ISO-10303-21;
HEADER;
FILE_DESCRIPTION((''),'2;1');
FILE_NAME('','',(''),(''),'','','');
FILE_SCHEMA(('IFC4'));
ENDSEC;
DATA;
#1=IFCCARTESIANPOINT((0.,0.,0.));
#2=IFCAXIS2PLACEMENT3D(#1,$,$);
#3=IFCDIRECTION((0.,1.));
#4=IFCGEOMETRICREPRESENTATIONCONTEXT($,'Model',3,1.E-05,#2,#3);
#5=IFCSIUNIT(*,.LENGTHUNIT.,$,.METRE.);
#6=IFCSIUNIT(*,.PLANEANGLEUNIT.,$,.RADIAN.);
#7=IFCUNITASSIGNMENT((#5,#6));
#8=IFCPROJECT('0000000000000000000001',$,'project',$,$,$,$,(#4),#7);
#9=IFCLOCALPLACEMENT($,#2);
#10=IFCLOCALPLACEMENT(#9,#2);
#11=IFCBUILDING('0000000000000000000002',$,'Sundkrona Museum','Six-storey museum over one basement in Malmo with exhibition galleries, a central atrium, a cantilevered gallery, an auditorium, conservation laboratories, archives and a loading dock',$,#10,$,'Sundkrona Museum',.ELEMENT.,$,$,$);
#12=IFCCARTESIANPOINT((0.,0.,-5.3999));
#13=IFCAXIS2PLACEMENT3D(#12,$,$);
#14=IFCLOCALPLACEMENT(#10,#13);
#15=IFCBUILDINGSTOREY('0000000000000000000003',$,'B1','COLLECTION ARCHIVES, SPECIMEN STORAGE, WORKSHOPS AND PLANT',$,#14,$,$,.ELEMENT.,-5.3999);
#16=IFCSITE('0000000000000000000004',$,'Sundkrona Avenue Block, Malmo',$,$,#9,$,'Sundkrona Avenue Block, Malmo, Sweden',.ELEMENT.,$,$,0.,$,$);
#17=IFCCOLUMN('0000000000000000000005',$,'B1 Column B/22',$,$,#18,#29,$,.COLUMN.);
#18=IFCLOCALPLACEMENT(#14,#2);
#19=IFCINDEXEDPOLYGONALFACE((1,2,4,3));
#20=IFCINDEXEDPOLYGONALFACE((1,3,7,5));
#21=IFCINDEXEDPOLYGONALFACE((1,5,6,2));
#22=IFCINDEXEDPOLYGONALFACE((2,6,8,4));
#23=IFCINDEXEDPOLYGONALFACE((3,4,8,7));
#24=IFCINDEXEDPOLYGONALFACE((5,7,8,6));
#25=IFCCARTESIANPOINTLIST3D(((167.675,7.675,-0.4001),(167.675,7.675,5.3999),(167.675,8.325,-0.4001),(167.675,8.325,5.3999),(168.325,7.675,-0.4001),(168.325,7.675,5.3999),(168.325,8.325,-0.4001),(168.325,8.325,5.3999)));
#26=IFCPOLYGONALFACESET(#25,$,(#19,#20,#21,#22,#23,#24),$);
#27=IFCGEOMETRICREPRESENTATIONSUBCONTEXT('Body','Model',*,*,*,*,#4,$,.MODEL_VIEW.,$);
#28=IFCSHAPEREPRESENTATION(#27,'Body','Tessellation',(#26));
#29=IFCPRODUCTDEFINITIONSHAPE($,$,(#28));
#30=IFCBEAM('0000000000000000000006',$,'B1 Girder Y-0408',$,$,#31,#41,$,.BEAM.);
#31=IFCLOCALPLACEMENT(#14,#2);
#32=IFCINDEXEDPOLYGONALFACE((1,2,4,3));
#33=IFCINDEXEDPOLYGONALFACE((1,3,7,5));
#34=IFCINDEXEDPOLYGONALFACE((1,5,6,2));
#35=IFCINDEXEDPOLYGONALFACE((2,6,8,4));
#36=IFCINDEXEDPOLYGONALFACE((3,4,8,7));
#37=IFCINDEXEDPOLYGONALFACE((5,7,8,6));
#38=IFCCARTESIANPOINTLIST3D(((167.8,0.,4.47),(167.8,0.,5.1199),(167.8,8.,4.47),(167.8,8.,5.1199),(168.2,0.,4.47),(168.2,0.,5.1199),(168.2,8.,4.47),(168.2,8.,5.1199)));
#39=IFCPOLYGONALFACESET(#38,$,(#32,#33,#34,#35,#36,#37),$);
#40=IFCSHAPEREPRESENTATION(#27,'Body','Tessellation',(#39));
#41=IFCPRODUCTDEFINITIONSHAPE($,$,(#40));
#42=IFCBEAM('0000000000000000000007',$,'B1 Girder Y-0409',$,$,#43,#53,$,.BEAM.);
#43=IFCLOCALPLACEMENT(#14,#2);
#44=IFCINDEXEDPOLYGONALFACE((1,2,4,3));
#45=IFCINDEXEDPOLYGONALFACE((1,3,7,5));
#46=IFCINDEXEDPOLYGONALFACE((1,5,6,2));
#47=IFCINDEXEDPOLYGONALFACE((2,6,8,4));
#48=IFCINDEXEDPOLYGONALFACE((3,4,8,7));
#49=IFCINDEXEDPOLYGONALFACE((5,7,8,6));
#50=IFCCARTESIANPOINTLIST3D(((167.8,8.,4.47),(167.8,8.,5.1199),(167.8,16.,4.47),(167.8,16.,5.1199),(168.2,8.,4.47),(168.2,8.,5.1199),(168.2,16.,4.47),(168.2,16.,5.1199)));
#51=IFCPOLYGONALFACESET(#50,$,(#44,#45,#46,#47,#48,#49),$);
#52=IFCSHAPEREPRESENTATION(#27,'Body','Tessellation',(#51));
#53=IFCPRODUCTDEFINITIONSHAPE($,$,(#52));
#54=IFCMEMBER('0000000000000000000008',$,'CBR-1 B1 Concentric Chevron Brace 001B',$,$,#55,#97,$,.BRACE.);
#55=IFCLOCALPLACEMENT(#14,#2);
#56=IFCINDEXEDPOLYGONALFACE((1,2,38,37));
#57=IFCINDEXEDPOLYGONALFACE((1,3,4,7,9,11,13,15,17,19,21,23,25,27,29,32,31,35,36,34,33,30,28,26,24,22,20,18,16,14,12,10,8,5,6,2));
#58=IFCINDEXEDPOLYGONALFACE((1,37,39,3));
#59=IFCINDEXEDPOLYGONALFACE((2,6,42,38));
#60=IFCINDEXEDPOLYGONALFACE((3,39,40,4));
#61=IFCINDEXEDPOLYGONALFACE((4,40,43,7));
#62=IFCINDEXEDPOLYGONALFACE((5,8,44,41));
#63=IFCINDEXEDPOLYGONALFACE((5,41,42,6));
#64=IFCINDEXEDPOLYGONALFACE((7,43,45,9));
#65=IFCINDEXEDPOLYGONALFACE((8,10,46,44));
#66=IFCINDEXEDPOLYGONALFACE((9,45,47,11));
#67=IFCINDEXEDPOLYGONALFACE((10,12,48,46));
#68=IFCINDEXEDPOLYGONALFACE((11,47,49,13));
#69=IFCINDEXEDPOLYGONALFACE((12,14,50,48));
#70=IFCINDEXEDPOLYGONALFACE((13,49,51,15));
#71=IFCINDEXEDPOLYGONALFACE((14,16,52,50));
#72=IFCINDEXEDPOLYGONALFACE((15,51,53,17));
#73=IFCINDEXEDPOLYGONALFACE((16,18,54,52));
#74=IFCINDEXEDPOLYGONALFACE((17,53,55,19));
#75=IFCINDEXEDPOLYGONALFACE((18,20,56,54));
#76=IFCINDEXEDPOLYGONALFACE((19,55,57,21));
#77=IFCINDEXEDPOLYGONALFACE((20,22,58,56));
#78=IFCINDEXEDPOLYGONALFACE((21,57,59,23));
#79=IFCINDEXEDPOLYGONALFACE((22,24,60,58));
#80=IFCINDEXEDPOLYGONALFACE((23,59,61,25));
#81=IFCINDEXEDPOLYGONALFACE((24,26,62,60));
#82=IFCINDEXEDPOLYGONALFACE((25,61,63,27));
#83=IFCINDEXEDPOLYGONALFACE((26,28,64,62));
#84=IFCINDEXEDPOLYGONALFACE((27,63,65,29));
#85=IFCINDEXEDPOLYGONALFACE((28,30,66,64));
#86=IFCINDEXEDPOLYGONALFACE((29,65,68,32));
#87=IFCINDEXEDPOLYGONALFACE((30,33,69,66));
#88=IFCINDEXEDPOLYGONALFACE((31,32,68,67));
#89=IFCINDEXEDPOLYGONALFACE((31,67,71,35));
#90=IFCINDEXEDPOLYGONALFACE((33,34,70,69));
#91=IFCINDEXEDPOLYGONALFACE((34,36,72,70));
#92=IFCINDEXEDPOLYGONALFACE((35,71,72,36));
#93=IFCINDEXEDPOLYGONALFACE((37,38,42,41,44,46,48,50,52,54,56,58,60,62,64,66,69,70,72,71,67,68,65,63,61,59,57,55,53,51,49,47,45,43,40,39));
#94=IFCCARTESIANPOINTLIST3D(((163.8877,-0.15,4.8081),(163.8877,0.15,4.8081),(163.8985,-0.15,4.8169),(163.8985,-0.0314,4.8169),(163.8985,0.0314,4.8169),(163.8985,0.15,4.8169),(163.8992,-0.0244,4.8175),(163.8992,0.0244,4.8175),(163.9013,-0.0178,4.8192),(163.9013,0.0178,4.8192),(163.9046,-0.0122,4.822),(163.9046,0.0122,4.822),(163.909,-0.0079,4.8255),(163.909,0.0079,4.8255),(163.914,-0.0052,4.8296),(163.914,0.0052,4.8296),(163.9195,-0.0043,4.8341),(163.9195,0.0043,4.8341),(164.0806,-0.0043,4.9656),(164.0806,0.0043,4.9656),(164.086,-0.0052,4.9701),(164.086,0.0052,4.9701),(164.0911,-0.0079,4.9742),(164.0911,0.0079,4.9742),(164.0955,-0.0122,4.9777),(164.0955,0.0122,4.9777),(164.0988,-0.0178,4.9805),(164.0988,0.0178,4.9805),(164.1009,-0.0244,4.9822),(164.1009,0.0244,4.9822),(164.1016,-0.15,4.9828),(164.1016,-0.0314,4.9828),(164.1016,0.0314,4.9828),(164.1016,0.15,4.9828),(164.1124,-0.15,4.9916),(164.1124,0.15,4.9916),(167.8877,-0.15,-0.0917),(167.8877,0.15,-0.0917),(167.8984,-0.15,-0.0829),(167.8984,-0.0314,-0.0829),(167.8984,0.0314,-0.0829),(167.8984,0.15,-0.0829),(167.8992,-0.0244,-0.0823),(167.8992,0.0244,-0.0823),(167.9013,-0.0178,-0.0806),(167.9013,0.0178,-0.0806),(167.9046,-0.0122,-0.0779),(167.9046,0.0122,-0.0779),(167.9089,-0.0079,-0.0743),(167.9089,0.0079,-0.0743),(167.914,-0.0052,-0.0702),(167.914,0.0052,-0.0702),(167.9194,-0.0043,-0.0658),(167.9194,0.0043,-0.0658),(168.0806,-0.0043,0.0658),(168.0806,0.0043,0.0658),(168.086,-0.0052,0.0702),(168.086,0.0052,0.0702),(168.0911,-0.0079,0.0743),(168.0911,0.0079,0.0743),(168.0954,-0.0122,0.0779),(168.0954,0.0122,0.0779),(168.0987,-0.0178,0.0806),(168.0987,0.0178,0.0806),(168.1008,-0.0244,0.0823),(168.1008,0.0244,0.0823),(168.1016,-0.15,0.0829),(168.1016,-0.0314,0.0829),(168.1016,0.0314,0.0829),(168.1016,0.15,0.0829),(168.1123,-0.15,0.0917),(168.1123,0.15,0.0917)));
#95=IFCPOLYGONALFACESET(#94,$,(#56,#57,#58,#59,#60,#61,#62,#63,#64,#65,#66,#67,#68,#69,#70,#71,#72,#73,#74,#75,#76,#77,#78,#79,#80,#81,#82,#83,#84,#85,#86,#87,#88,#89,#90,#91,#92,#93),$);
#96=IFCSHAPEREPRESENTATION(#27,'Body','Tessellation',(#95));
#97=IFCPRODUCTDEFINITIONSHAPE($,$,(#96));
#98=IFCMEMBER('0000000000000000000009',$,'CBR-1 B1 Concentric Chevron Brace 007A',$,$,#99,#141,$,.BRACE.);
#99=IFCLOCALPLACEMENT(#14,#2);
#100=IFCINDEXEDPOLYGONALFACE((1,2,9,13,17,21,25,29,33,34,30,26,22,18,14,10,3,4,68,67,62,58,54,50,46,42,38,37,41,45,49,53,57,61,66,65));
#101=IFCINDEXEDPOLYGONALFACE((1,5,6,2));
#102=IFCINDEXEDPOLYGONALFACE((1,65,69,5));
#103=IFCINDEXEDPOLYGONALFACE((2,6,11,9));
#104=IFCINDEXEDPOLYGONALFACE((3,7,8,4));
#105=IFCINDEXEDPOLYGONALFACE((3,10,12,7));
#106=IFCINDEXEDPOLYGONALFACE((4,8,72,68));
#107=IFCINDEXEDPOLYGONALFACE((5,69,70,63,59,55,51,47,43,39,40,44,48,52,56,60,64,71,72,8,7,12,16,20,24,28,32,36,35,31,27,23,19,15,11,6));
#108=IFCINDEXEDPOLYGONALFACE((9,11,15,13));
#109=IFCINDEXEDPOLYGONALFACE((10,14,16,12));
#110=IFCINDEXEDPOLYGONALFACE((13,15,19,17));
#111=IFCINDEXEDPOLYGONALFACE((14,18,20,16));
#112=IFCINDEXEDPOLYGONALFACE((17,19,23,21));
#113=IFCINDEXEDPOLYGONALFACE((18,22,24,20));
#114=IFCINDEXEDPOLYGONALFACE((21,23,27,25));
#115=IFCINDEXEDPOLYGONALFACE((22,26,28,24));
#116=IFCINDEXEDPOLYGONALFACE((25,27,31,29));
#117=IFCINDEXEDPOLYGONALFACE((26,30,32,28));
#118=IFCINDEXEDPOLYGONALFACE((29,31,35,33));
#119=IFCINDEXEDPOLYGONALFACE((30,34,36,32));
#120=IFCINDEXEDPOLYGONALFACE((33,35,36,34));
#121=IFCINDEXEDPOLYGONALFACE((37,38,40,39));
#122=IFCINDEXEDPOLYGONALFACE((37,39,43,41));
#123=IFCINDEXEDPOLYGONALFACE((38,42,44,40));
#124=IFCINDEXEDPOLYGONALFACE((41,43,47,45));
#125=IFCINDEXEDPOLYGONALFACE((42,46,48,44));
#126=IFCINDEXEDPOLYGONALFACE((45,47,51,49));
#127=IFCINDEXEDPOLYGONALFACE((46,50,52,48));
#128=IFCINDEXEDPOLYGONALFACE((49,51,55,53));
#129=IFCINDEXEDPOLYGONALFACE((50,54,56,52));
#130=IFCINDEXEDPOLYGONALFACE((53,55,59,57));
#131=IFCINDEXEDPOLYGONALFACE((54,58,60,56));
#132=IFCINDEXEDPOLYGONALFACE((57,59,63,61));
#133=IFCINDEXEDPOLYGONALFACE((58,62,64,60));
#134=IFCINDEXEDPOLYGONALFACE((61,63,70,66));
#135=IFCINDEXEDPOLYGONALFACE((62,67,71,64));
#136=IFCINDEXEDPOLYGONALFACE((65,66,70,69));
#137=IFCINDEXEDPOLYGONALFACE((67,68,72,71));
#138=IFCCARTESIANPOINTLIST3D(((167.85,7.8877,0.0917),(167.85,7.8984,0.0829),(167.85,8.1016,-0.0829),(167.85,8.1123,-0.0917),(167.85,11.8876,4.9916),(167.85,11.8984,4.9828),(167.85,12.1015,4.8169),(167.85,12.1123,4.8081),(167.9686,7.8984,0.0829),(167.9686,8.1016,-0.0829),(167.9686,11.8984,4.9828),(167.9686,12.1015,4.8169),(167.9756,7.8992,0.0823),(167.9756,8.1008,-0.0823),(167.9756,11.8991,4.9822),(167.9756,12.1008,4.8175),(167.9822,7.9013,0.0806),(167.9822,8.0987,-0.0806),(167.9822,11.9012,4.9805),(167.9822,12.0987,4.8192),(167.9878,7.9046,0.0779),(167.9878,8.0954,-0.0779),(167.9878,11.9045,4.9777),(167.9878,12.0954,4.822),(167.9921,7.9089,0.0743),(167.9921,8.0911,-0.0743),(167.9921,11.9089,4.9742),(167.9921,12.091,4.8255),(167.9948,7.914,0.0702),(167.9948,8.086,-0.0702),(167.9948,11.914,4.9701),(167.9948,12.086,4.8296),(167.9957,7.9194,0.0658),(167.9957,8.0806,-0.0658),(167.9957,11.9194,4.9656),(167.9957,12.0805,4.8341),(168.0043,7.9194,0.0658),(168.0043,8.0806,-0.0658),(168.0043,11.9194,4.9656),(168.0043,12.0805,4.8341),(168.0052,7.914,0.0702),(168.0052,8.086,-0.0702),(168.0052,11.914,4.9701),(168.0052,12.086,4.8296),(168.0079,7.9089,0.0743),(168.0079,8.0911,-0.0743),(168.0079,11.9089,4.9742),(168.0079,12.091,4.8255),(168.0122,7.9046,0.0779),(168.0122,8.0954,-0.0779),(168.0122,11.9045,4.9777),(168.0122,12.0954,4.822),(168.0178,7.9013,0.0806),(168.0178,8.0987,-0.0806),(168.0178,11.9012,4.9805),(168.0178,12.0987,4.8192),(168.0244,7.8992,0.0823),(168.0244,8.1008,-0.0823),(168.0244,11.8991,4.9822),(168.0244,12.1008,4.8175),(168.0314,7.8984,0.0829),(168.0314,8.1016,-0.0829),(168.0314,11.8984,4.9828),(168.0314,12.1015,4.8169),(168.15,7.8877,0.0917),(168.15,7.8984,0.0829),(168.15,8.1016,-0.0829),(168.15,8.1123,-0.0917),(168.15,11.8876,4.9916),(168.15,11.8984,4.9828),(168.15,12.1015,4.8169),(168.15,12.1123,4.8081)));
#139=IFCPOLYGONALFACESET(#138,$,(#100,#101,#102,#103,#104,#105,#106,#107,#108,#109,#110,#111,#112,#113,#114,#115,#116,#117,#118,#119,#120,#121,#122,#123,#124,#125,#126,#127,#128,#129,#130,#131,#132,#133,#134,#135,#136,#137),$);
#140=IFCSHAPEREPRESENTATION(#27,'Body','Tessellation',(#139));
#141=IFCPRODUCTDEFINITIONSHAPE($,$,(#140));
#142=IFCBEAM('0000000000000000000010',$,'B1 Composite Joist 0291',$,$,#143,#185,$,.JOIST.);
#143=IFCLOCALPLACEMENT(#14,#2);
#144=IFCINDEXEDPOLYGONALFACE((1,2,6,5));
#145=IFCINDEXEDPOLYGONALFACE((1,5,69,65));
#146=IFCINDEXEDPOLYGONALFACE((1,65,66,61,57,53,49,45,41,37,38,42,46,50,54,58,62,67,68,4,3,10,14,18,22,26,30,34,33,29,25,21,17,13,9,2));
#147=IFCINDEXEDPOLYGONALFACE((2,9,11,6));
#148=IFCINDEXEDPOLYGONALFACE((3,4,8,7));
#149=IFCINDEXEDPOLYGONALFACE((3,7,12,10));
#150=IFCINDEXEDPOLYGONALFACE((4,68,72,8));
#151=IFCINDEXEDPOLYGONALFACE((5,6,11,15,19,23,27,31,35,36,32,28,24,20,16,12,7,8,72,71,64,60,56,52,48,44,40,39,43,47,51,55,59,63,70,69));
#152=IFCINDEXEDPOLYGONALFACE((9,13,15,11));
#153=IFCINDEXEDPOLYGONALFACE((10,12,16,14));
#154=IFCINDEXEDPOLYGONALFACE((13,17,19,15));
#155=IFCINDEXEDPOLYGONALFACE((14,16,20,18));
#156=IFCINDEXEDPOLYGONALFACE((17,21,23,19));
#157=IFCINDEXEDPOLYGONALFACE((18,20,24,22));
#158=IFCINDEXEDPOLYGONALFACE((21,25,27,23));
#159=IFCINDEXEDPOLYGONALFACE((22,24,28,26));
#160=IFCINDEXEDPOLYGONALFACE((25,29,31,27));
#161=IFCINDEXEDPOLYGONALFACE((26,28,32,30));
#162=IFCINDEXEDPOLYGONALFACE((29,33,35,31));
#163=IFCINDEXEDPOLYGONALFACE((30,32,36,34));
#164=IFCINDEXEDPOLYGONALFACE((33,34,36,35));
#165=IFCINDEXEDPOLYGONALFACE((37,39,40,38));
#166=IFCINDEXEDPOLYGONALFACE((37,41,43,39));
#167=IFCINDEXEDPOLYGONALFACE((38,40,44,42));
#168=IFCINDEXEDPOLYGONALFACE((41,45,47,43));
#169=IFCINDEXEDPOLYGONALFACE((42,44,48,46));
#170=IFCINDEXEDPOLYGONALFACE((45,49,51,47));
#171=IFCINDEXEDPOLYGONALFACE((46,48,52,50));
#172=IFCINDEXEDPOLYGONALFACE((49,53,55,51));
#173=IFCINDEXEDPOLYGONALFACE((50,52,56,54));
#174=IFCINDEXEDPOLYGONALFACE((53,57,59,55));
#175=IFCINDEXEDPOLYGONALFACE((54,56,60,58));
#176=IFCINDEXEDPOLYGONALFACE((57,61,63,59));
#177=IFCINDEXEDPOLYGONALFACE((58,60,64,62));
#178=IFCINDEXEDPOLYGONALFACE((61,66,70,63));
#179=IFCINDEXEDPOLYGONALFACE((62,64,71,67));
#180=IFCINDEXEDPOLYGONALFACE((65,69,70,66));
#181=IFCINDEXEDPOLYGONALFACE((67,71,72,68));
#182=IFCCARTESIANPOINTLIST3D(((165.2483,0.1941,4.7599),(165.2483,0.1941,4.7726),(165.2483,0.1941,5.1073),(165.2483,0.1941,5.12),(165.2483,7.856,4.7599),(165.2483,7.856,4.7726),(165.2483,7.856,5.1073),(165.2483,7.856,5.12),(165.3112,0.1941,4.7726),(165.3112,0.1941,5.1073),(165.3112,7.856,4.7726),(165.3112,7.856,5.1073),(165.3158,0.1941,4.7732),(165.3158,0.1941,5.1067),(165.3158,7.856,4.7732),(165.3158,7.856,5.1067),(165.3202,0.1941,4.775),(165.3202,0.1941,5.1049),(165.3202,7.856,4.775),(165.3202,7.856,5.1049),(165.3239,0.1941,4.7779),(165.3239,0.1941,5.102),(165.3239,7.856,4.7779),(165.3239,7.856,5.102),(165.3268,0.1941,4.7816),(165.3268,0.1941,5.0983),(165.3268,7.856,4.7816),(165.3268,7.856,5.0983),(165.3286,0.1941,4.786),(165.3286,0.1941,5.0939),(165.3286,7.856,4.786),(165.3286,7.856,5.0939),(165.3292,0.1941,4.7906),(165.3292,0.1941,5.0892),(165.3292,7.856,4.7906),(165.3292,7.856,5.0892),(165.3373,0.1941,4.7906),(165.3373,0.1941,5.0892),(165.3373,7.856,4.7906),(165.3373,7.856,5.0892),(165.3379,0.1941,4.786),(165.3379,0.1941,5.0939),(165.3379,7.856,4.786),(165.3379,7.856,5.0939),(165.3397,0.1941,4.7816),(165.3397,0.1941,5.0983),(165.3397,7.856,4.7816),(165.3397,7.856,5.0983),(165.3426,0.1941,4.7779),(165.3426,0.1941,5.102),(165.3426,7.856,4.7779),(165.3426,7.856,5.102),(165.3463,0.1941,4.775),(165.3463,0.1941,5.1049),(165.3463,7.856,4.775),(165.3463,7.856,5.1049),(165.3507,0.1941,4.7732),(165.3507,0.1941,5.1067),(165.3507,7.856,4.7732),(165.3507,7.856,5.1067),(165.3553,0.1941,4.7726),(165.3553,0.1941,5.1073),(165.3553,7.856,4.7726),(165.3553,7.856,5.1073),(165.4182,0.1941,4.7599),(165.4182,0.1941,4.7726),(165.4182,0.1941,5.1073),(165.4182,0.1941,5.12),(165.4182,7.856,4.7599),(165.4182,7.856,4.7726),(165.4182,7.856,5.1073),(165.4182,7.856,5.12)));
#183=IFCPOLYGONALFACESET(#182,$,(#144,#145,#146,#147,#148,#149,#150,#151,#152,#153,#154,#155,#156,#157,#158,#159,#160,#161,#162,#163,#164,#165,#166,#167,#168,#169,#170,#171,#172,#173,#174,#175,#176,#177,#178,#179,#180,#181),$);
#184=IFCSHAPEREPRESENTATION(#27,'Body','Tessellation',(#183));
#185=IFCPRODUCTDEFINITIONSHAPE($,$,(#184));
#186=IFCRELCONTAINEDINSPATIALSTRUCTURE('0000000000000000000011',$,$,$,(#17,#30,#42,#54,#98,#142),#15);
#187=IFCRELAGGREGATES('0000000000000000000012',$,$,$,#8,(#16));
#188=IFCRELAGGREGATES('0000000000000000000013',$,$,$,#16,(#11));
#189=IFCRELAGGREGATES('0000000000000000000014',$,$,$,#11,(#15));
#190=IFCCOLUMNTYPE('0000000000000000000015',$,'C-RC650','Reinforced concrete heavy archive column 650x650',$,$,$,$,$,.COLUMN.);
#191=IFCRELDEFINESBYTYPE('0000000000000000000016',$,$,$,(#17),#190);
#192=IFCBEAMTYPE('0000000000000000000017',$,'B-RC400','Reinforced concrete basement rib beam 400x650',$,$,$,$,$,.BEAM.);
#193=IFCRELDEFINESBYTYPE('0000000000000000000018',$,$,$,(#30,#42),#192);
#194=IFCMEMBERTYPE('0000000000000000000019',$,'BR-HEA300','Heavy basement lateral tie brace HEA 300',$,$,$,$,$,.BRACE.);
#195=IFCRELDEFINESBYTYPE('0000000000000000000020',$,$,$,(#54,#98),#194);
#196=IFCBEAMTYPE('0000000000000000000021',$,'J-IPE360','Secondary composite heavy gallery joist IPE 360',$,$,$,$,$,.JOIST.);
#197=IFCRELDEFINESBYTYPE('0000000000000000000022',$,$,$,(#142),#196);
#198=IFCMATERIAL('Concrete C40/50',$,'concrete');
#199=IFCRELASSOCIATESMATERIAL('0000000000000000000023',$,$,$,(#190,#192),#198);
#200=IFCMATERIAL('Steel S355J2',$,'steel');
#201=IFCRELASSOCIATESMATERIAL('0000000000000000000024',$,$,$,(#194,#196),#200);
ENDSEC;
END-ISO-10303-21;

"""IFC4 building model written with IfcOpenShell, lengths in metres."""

from ifc_helpers import new_model, si_unit, direction, frame, origin, origin_2d, place, context, subcontext, project, spatial, rectangle, i_section, extrude, material, material_profile, profile_set, type_object, element, save


model = new_model("IFC4")

# Units and contexts
model_context = context("Model", 3, precision=1e-05, world=origin(), true_north=direction((0.0, 1.0)))
body_context = subcontext(model_context, "Body", "Model", "MODEL_VIEW")
ifc_project = project(units=[si_unit("LENGTHUNIT", "METRE"), si_unit("PLANEANGLEUNIT", "RADIAN")], contexts=[model_context])

# Site, building, storey
site_placement = place(None, origin())
site = spatial("IfcSite", under=ifc_project, at=site_placement, Name="Sundkrona Avenue Block, Malmo", LongName="Sundkrona Avenue Block, Malmo, Sweden", CompositionType="ELEMENT", RefElevation=0.0)
building_placement = place(site_placement, origin())
building = spatial("IfcBuilding", under=site, at=building_placement, Name="Sundkrona Museum", Description="Six-storey museum over one basement in Malmo with exhibition galleries, a central atrium, a cantilevered gallery, an auditorium, conservation laboratories, archives and a loading dock", LongName="Sundkrona Museum", CompositionType="ELEMENT")
storey_placement = place(building_placement, frame((0.0, 0.0, -5.3999)))
storey = spatial("IfcBuildingStorey", under=building, at=storey_placement, Name="B1", Description="COLLECTION ARCHIVES, SPECIMEN STORAGE, WORKSHOPS AND PLANT", CompositionType="ELEMENT", Elevation=-5.3999)

# Shared definitions
ifc_material_1 = material(Name="Concrete C40/50", Category="concrete")

# Column
ifc_material_profile_1 = material_profile(ifc_material_1, rectangle(XDim=0.6499, YDim=0.6499, at=origin_2d()), Name="RC 650x650")
ifc_profile_set_1 = profile_set([ifc_material_profile_1], Name="Concrete C40/50")
column_type = type_object("IfcColumnType", Name="C-RC650", Description="Reinforced concrete heavy archive column 650x650", PredefinedType="COLUMN", material=ifc_profile_set_1)
for number, where, z_axis, x_axis, name in (
    (1, (168.0, 8.0, -0.4001), (0.0, 0.0, 1.0), (1.0, 0.0, 0.0), "B1 Column B/22"),
):
    element("IfcColumn", number, at=place(storey_placement, frame(where, z_axis=z_axis, x_axis=x_axis)), inside=storey, type_object=column_type, Name=name, PredefinedType="COLUMN", context=body_context, shape_type="SweptSolid", body=[
        extrude(rectangle(XDim=0.6499, YDim=0.6499, at=origin_2d()), origin(), (0.0, 0.0, 1.0), 5.8),
    ])

# Beams
ifc_material_profile_2 = material_profile(ifc_material_1, rectangle(XDim=0.3999, YDim=0.6499, at=origin_2d()), Name="RCB 400x650")
ifc_profile_set_2 = profile_set([ifc_material_profile_2], Name="Concrete C40/50")
beam_type_1 = type_object("IfcBeamType", Name="B-RC400", Description="Reinforced concrete basement rib beam 400x650", PredefinedType="BEAM", material=ifc_profile_set_2)
for number, where, z_axis, x_axis, name in (
    (2, (168.0, 0.0, 4.7949), (0.0, 1.0, 0.0), (-1.0, 0.0, 0.0), "B1 Girder Y-0408"),
    (3, (168.0, 8.0, 4.7949), (0.0, 1.0, 0.0), (-1.0, 0.0, 0.0), "B1 Girder Y-0409"),
):
    element("IfcBeam", number, at=place(storey_placement, frame(where, z_axis=z_axis, x_axis=x_axis)), inside=storey, type_object=beam_type_1, Name=name, PredefinedType="BEAM", context=body_context, shape_type="SweptSolid", body=[
        extrude(rectangle(XDim=0.3999, YDim=0.6499, at=origin_2d()), origin(), (0.0, 0.0, 1.0), 8.0),
    ])

# Members
ifc_material_2 = material(Name="Steel S355J2", Category="steel")
ifc_material_profile_3 = material_profile(ifc_material_2, i_section(OverallWidth=0.3, OverallDepth=0.29, WebThickness=0.0085, FlangeThickness=0.0139, FilletRadius=0.0271, at=origin_2d()), Name="HEA 300")
ifc_profile_set_3 = profile_set([ifc_material_profile_3], Name="Steel S355J2")
member_type = type_object("IfcMemberType", Name="BR-HEA300", Description="Heavy basement lateral tie brace HEA 300", PredefinedType="BRACE", material=ifc_profile_set_3)
for number, where, z_axis, x_axis, name in (
    (4, (168.0, 0.0, 0.0), (-0.632384, 0.0, 0.774655), (0.0, -1.0, 0.0), "CBR-1 B1 Concentric Chevron Brace 001B"),
    (5, (168.0, 8.0, 0.0), (0.0, 0.632384, 0.774655), (-1.0, 0.0, 0.0), "CBR-1 B1 Concentric Chevron Brace 007A"),
):
    element("IfcMember", number, at=place(storey_placement, frame(where, z_axis=z_axis, x_axis=x_axis)), inside=storey, type_object=member_type, Name=name, PredefinedType="BRACE", context=body_context, shape_type="SweptSolid", body=[
        extrude(i_section(OverallWidth=0.3, OverallDepth=0.29, WebThickness=0.0085, FlangeThickness=0.0139, FilletRadius=0.0271, at=origin_2d()), origin(), (0.0, 0.0, 1.0), 6.3252),
    ])

# Beam
ifc_material_profile_4 = material_profile(ifc_material_2, i_section(OverallWidth=0.1699, OverallDepth=0.3601, WebThickness=0.0081, FlangeThickness=0.0127, FilletRadius=0.0181, at=origin_2d()), Name="IPE 360")
ifc_profile_set_4 = profile_set([ifc_material_profile_4], Name="Steel S355J2")
beam_type_2 = type_object("IfcBeamType", Name="J-IPE360", Description="Secondary composite heavy gallery joist IPE 360", PredefinedType="JOIST", material=ifc_profile_set_4)
beam_placement = place(storey_placement, frame((165.3333, 0.1941, 4.9399), z_axis=(0.0, 1.0, 0.0), x_axis=(-1.0, 0.0, 0.0)))
element("IfcBeam", 6, at=beam_placement, inside=storey, type_object=beam_type_2, Name="B1 Composite Joist 0291", PredefinedType="JOIST", context=body_context, shape_type="SweptSolid", body=[
    extrude(i_section(OverallWidth=0.1699, OverallDepth=0.3601, WebThickness=0.0081, FlangeThickness=0.0127, FilletRadius=0.0181, at=origin_2d()), origin(), (0.0, 0.0, 1.0), 7.6619),
])

save(model, "model.ifc")
